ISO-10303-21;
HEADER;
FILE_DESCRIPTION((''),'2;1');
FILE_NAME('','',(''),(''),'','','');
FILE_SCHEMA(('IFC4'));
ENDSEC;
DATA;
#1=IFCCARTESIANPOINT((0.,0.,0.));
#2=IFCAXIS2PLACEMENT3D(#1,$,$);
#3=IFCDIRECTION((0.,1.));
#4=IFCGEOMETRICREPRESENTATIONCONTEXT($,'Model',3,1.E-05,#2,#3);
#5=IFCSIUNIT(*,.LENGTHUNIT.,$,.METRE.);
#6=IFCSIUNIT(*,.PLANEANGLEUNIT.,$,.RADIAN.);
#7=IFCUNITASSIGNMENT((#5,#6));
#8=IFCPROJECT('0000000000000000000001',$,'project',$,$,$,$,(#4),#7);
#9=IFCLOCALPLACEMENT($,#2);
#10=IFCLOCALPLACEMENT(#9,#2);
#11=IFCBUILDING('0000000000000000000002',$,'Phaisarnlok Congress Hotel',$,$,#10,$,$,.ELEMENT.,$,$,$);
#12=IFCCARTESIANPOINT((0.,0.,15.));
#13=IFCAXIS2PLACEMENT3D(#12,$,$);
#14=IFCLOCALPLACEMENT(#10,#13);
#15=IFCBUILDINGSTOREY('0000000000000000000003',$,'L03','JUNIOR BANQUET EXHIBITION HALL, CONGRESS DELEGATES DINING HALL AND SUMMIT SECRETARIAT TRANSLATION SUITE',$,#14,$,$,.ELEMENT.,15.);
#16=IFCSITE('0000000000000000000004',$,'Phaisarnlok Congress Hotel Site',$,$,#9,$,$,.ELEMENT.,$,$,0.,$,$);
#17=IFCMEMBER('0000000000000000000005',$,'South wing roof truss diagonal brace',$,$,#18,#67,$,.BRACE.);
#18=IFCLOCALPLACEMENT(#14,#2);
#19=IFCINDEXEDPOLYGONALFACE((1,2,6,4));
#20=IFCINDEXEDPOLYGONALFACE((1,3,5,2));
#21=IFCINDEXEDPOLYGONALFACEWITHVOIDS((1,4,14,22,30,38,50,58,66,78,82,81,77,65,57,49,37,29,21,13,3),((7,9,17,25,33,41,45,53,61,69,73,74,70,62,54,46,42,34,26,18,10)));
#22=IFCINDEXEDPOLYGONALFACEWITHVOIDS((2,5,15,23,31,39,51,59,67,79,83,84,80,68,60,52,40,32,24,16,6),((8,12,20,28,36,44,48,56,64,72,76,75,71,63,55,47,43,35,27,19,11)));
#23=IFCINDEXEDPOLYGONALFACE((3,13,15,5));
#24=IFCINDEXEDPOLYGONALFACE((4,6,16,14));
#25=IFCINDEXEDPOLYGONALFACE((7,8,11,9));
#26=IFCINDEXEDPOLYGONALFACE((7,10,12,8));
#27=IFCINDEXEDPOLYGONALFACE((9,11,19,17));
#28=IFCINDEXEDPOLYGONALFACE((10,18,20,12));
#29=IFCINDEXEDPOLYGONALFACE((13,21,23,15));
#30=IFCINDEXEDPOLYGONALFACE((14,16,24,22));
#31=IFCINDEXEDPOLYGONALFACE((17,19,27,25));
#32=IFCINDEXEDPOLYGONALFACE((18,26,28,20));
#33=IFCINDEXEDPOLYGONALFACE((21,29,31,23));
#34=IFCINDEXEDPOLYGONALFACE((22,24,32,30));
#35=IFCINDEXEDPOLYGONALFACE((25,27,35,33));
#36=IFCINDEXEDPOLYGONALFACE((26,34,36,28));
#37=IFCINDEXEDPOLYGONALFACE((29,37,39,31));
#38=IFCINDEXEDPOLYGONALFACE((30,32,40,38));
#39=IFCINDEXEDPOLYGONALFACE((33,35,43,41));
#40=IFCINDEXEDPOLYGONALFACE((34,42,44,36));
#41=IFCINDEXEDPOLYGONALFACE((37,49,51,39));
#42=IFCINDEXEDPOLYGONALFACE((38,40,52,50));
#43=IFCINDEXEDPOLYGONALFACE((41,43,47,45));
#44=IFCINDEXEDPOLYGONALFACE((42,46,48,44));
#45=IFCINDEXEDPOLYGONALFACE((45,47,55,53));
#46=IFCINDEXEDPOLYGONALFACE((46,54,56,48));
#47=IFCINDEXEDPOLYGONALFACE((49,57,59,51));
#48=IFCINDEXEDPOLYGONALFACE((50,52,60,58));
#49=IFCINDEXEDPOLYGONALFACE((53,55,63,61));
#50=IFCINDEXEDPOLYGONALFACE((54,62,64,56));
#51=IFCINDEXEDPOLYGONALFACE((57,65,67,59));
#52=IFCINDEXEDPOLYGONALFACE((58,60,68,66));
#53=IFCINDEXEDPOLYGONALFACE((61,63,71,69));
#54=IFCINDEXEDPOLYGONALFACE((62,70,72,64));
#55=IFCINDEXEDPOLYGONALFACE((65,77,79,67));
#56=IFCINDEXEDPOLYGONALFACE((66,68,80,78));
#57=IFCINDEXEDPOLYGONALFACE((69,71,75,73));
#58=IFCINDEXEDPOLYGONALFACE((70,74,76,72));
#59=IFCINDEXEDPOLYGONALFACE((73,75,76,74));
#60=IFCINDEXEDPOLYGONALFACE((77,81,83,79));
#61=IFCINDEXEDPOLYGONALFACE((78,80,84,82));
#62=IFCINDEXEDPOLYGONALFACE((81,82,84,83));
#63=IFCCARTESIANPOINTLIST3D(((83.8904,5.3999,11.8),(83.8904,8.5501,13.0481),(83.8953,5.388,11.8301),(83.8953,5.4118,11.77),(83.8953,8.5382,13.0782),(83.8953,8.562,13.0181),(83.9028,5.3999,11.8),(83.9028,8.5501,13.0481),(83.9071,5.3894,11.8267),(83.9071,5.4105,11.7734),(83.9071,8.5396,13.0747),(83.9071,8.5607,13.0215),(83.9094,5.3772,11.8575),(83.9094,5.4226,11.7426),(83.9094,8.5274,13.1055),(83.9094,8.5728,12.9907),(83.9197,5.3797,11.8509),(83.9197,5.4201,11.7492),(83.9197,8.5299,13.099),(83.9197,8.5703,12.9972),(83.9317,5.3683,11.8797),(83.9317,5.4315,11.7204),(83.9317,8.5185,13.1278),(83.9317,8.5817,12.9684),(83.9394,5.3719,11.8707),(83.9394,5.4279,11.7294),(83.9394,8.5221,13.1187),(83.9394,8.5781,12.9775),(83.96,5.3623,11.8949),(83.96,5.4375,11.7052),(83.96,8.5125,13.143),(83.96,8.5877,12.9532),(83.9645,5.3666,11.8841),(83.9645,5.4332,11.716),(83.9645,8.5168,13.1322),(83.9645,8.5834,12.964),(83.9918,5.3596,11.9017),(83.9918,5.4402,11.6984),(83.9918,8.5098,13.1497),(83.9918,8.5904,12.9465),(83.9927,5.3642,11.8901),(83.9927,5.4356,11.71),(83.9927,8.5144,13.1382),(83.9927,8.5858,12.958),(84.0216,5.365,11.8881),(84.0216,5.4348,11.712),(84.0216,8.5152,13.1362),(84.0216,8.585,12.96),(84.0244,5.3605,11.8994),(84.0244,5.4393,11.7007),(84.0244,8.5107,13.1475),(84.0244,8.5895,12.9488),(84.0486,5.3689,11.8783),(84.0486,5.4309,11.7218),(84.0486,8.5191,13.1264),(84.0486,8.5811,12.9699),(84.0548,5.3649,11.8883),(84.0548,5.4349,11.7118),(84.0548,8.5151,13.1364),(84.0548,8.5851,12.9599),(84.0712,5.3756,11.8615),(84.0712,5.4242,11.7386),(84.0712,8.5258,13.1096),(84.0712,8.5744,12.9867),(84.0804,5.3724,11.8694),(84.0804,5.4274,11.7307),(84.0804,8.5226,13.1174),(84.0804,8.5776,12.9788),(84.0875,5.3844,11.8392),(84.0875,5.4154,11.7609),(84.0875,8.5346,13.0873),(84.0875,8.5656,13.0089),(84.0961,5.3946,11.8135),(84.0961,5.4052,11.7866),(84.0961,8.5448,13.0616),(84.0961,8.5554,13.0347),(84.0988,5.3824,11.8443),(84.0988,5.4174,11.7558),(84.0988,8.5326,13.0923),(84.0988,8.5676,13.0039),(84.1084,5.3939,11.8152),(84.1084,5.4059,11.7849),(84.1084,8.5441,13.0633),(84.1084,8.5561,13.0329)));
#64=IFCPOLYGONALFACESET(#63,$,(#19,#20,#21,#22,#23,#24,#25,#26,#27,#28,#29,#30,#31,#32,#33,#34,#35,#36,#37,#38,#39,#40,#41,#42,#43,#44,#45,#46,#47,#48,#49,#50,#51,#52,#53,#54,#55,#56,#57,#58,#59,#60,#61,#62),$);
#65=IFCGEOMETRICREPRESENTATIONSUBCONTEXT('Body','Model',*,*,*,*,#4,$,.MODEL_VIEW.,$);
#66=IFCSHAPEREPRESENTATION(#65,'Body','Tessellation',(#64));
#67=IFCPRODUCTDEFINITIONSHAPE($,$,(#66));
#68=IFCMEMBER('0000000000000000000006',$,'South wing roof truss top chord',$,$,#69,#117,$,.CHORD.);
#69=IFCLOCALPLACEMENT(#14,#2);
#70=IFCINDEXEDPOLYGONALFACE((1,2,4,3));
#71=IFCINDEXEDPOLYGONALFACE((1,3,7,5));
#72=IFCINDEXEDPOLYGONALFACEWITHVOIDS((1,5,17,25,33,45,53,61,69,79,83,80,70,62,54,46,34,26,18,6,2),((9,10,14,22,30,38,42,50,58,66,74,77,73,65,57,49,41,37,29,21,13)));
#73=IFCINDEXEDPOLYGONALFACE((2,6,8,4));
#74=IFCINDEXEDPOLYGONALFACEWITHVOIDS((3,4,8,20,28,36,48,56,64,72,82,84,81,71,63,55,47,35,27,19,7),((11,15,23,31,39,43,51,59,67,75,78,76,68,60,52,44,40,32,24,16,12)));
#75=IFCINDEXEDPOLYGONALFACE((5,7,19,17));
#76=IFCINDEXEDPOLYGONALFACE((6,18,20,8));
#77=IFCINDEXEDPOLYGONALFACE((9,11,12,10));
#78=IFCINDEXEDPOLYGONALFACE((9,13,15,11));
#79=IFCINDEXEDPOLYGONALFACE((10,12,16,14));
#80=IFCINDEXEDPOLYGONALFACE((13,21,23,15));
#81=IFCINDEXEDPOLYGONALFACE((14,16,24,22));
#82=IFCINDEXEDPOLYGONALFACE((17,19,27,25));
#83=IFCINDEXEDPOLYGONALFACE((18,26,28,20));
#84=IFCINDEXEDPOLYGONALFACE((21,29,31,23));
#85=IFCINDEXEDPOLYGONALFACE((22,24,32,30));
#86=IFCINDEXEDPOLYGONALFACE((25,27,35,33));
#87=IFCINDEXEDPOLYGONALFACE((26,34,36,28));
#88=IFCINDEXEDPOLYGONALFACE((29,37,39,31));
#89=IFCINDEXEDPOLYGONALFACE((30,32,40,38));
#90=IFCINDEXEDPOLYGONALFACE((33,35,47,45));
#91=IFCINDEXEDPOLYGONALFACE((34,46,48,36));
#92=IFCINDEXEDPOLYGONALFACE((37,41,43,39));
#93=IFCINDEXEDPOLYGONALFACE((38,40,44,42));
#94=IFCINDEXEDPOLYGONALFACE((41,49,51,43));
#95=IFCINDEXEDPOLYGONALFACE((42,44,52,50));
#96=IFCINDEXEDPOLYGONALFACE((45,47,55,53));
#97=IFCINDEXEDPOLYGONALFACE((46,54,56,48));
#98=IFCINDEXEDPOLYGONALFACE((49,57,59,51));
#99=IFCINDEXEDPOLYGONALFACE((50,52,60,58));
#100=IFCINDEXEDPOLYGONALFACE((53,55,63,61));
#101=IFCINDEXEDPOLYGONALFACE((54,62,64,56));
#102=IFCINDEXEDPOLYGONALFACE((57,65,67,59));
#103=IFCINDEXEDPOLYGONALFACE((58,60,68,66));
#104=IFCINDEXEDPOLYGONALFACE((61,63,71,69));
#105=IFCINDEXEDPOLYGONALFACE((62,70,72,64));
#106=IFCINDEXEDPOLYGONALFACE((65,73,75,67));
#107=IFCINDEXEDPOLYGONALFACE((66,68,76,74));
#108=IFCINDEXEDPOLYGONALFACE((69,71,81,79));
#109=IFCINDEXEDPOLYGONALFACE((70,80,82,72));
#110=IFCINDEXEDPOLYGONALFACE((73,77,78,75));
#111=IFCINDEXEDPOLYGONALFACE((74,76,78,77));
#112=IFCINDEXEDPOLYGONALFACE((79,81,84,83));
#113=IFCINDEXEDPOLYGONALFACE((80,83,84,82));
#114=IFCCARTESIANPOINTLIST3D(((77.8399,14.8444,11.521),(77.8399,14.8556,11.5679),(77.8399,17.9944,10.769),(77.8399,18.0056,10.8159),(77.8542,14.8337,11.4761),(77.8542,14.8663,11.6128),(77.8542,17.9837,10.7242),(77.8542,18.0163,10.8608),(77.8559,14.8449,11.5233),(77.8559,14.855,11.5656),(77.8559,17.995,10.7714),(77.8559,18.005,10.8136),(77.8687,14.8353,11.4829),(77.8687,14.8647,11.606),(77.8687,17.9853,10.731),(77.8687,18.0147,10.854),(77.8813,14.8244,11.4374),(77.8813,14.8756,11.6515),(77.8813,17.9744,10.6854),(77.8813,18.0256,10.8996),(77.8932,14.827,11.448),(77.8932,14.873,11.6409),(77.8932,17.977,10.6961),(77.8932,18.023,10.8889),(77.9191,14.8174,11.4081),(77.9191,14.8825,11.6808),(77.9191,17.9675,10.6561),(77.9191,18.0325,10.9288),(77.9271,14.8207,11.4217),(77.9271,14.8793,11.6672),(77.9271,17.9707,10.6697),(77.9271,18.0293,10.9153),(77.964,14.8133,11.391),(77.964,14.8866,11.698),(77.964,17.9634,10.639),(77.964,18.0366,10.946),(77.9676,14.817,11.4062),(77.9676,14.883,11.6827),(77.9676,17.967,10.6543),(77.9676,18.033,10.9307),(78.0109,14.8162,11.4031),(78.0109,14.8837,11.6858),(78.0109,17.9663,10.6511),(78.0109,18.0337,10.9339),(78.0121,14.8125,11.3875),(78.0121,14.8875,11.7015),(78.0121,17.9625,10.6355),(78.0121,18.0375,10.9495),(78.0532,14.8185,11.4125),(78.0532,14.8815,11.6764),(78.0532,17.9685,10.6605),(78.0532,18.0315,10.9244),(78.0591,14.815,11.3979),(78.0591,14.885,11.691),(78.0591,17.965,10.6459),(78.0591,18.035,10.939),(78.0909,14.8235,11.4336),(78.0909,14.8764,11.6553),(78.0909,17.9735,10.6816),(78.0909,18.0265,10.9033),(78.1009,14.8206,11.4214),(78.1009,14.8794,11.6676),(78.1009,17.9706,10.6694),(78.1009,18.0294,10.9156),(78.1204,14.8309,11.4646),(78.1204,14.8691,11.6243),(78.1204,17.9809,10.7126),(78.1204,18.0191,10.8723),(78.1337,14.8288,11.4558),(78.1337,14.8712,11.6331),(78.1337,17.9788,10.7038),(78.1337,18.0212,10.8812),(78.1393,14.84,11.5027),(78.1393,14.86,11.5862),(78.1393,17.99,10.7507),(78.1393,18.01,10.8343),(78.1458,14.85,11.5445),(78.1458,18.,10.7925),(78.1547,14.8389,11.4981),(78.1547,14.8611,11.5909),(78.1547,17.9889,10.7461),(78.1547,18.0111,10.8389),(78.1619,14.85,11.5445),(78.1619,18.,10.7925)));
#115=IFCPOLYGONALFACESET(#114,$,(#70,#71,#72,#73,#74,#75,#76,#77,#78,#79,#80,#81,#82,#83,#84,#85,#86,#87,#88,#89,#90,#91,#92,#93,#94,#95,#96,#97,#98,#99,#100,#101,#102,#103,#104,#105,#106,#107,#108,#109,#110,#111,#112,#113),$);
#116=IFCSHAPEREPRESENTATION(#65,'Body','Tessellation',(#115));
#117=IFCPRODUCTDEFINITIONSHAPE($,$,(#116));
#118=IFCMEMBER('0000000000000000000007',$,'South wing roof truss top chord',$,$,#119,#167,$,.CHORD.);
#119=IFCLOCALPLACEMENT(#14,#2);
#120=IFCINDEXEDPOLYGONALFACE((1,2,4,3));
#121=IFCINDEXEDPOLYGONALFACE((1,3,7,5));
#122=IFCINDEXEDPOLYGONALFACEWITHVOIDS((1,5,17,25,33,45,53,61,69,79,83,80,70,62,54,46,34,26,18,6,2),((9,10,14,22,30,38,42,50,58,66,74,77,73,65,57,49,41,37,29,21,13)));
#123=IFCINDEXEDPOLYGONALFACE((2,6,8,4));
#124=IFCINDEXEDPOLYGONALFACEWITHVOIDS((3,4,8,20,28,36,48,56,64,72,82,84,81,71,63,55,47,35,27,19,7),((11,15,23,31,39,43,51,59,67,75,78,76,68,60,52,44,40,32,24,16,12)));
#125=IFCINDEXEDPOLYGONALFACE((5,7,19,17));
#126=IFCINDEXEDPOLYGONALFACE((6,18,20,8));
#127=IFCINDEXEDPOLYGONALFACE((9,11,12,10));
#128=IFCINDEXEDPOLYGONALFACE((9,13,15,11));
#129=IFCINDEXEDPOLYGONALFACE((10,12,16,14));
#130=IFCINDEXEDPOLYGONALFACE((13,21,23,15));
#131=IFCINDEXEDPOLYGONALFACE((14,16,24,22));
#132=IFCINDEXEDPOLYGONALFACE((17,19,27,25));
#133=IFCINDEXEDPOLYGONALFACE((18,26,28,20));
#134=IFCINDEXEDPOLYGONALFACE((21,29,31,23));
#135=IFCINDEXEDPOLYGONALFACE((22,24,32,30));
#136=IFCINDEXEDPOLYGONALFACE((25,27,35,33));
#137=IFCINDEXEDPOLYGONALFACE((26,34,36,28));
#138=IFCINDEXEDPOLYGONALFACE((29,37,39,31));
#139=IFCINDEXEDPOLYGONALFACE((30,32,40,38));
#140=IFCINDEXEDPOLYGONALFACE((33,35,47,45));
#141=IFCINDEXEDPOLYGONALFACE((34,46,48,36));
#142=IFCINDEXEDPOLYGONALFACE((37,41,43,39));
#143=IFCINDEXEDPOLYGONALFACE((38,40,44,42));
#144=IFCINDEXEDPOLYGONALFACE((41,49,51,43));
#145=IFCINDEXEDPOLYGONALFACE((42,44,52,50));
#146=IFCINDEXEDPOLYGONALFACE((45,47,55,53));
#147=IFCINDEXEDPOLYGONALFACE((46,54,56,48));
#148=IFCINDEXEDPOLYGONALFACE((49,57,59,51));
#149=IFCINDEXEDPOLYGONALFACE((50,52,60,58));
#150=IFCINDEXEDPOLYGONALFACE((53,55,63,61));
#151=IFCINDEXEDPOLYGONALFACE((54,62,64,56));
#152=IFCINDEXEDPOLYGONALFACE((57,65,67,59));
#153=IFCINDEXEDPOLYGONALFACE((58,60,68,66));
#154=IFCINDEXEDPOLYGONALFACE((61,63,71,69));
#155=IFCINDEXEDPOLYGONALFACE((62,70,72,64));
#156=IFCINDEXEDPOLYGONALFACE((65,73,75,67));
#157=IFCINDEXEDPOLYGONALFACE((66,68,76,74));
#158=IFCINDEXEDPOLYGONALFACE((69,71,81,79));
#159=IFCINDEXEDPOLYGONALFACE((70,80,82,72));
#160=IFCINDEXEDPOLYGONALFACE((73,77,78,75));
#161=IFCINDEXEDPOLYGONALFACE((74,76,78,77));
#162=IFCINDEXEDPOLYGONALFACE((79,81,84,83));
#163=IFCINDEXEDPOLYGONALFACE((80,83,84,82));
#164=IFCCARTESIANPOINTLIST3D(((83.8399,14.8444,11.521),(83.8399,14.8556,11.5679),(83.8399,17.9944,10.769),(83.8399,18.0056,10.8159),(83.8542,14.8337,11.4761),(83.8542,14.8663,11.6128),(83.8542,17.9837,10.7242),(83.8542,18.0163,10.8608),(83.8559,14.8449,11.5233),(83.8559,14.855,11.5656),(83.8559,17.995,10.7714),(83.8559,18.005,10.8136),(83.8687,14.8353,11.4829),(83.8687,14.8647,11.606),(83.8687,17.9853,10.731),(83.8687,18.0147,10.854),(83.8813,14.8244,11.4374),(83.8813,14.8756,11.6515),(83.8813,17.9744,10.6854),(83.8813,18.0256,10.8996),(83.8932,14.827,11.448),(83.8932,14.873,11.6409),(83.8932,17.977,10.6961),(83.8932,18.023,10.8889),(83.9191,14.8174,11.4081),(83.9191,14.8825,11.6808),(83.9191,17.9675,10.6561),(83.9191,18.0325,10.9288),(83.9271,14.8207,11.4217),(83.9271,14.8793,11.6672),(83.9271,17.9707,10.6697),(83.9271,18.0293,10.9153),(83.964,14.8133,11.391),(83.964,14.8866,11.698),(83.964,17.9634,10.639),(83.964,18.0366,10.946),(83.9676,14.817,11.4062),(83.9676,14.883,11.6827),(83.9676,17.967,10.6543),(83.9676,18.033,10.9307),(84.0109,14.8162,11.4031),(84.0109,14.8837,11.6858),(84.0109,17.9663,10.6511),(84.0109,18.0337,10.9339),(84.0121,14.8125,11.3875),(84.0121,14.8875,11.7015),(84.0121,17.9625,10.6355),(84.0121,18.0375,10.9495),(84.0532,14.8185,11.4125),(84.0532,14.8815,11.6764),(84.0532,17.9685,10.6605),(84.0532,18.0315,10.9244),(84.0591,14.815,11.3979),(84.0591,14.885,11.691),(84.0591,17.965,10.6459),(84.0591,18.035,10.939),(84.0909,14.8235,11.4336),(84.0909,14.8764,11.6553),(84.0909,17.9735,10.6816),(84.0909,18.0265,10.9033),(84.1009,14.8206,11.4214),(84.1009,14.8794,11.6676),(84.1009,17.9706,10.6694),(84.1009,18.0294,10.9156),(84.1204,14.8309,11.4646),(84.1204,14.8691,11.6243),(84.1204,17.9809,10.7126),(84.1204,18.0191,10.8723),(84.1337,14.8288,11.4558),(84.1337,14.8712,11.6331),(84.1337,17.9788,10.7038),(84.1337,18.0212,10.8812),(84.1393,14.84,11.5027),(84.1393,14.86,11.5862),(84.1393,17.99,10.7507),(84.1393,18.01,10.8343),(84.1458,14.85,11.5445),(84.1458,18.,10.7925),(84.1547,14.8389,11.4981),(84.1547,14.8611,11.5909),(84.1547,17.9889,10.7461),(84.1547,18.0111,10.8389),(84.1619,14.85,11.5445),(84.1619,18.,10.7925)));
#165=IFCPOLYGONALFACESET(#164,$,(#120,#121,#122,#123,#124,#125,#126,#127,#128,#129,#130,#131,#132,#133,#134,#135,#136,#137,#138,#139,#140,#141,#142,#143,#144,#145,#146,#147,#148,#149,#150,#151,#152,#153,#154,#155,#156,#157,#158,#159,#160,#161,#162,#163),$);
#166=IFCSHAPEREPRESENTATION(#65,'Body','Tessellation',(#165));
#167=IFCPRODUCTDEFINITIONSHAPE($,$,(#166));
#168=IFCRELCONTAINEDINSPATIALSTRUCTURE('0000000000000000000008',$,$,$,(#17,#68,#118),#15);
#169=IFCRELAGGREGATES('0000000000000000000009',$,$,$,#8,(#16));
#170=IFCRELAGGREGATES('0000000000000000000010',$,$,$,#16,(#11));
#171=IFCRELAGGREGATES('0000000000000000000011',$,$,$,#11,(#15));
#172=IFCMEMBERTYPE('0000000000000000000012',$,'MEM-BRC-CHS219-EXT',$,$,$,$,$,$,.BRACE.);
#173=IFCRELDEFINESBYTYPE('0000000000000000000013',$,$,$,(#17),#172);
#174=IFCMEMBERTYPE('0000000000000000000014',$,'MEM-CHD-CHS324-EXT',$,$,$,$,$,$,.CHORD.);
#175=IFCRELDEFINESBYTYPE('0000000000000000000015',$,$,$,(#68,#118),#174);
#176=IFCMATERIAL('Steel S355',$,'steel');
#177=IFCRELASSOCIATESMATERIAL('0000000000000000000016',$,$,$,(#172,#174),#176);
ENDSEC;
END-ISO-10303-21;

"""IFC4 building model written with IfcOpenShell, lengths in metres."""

from ifc_helpers import new_model, si_unit, direction, frame, origin, origin_2d, place, context, subcontext, project, spatial, hollow_circle, extrude, material, material_profile, profile_set, type_object, element, save


model = new_model("IFC4")

# Units and contexts
model_context = context("Model", 3, precision=1e-05, world=origin(), true_north=direction((0.0, 1.0)))
body_context = subcontext(model_context, "Body", "Model", "MODEL_VIEW")
ifc_project = project(units=[si_unit("LENGTHUNIT", "METRE"), si_unit("PLANEANGLEUNIT", "RADIAN")], contexts=[model_context])

# Site, building, storey
site_placement = place(None, origin())
site = spatial("IfcSite", under=ifc_project, at=site_placement, Name="Phaisarnlok Congress Hotel Site", CompositionType="ELEMENT", RefElevation=0.0)
building_placement = place(site_placement, origin())
building = spatial("IfcBuilding", under=site, at=building_placement, Name="Phaisarnlok Congress Hotel", CompositionType="ELEMENT")
storey_placement = place(building_placement, frame((0.0, 0.0, 15.0)))
storey = spatial("IfcBuildingStorey", under=building, at=storey_placement, Name="L03", Description="JUNIOR BANQUET EXHIBITION HALL, CONGRESS DELEGATES DINING HALL AND SUMMIT SECRETARIAT TRANSLATION SUITE", CompositionType="ELEMENT", Elevation=15.0)

# Shared definitions
ifc_material_1 = material(Name="Steel S355", Category="steel")

# Members
ifc_material_profile_1 = material_profile(ifc_material_1, hollow_circle(Radius=0.1096, WallThickness=0.0125, at=origin_2d()), Name="CHS 219.1x12.5")
ifc_profile_set_1 = profile_set([ifc_material_profile_1], Name="Steel S355")
member_type_1 = type_object("IfcMemberType", Name="MEM-BRC-CHS219-EXT", PredefinedType="BRACE", material=ifc_profile_set_1)
member_1_placement = place(storey_placement, frame((84.0, 5.3999, 11.8), z_axis=(0.0, 0.929694, 0.368333), x_axis=(-1.0, 0.0, 0.0)))
element("IfcMember", 1, at=member_1_placement, inside=storey, type_object=member_type_1, Name="South wing roof truss diagonal brace", PredefinedType="BRACE", context=body_context, shape_type="SweptSolid", body=[
    extrude(hollow_circle(Radius=0.1096, WallThickness=0.0125, at=origin_2d()), origin(), (0.0, 0.0, 1.0), 3.3884),
])
ifc_material_profile_2 = material_profile(ifc_material_1, hollow_circle(Radius=0.1619, WallThickness=0.0161, at=origin_2d()), Name="CHS 323.9x16")
ifc_profile_set_2 = profile_set([ifc_material_profile_2], Name="Steel S355")
member_type_2 = type_object("IfcMemberType", Name="MEM-CHD-CHS324-EXT", PredefinedType="CHORD", material=ifc_profile_set_2)
for number, where, z_axis, x_axis, name in (
    (2, (78.0, 18.0, 10.7925), (0.0, -0.972669, 0.232198), (1.0, 0.0, 0.0), "South wing roof truss top chord"),
    (3, (84.0, 18.0, 10.7925), (0.0, -0.972669, 0.232198), (1.0, 0.0, 0.0), "South wing roof truss top chord"),
):
    element("IfcMember", number, at=place(storey_placement, frame(where, z_axis=z_axis, x_axis=x_axis)), inside=storey, type_object=member_type_2, Name=name, PredefinedType="CHORD", context=body_context, shape_type="SweptSolid", body=[
        extrude(hollow_circle(Radius=0.1619, WallThickness=0.0161, at=origin_2d()), origin(), (0.0, 0.0, 1.0), 3.2385),
    ])

save(model, "model.ifc")
